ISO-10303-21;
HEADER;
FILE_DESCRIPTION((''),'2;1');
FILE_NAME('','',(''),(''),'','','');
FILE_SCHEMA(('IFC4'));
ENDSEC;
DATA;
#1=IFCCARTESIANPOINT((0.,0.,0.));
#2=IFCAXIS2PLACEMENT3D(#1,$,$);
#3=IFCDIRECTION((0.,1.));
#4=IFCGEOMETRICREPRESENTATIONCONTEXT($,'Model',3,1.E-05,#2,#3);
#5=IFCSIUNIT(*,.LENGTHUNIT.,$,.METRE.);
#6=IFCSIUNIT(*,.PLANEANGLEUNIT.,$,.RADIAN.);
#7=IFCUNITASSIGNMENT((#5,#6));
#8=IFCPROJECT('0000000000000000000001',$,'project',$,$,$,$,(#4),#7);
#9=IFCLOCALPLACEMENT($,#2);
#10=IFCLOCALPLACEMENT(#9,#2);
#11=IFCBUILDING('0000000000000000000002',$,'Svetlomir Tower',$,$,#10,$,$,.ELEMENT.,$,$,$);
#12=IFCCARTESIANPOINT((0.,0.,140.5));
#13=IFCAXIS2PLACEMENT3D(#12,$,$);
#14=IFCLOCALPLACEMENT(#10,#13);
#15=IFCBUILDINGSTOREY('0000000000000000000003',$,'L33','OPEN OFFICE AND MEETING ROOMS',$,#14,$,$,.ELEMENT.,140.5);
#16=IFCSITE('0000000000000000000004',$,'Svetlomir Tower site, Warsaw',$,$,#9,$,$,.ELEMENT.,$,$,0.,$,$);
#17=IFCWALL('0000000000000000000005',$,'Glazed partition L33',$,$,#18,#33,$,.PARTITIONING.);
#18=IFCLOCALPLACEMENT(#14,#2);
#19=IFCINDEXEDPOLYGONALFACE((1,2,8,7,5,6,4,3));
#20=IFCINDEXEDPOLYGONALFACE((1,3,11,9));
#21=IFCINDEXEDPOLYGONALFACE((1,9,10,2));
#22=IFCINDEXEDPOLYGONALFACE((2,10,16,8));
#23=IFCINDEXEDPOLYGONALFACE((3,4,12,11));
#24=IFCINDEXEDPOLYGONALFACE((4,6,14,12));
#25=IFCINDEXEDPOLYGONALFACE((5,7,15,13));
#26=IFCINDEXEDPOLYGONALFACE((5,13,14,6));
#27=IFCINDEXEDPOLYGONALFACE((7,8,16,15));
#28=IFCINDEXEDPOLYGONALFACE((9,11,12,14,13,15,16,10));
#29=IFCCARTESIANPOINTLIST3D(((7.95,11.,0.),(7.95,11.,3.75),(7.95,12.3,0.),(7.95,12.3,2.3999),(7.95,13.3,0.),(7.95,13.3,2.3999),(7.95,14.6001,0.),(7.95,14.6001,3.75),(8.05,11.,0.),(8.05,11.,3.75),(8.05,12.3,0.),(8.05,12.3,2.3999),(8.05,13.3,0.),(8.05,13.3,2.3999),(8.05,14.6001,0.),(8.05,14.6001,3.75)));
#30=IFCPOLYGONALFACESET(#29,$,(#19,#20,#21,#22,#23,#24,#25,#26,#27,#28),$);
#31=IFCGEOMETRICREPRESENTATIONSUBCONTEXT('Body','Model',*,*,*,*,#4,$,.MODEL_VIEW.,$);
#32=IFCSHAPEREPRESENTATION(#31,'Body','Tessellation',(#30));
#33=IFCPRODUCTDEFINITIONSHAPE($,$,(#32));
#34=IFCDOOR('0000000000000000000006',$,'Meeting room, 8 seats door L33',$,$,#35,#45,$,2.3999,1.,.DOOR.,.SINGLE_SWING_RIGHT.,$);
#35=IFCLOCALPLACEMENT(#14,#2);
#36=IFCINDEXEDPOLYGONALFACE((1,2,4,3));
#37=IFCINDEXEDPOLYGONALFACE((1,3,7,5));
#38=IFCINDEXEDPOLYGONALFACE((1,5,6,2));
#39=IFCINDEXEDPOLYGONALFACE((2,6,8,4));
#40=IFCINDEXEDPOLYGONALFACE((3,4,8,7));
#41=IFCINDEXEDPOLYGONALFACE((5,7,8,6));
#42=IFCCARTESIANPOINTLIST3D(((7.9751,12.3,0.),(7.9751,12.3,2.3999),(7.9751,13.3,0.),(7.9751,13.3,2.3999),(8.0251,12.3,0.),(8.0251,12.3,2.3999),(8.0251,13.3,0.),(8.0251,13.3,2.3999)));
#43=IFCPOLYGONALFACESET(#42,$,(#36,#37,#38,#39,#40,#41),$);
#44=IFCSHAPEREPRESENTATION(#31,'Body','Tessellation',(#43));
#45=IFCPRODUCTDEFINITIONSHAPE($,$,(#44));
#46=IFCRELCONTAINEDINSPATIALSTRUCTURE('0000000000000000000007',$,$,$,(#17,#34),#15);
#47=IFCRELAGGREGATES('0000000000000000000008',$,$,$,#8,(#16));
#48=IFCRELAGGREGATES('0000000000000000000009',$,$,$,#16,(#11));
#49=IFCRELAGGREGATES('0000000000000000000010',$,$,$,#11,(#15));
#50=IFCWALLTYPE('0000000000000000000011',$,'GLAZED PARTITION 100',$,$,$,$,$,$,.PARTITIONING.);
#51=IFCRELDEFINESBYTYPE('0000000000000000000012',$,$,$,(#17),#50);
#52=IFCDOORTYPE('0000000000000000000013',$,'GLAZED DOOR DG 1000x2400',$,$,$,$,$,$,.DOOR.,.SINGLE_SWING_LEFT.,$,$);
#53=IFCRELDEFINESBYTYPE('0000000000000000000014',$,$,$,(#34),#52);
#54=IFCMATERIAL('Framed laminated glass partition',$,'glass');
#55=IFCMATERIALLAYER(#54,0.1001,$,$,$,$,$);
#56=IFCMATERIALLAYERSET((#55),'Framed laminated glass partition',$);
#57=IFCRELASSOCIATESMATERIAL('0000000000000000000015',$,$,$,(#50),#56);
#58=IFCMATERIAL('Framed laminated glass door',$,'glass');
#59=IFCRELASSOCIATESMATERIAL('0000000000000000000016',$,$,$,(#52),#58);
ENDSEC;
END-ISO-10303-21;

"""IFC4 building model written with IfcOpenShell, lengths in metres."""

from ifc_helpers import new_model, si_unit, direction, frame, frame_2d, origin, place, context, subcontext, project, spatial, rectangle, extrude, material, layer, layer_set, type_object, element, fill, save


model = new_model("IFC4")

# Units and contexts
model_context = context("Model", 3, precision=1e-05, world=origin(), true_north=direction((0.0, 1.0)))
body_context = subcontext(model_context, "Body", "Model", "MODEL_VIEW")
ifc_project = project(units=[si_unit("LENGTHUNIT", "METRE"), si_unit("PLANEANGLEUNIT", "RADIAN")], contexts=[model_context])

# Site, building, storey
site_placement = place(None, origin())
site = spatial("IfcSite", under=ifc_project, at=site_placement, Name="Svetlomir Tower site, Warsaw", CompositionType="ELEMENT", RefElevation=0.0)
building_placement = place(site_placement, origin())
building = spatial("IfcBuilding", under=site, at=building_placement, Name="Svetlomir Tower", CompositionType="ELEMENT")
storey_placement = place(building_placement, frame((0.0, 0.0, 140.5)))
storey = spatial("IfcBuildingStorey", under=building, at=storey_placement, Name="L33", Description="OPEN OFFICE AND MEETING ROOMS", CompositionType="ELEMENT", Elevation=140.5)

# Wall, opening, door
ifc_material_1 = material(Name="Framed laminated glass partition", Category="glass")
ifc_layer_1 = layer(ifc_material_1, 0.1001)
ifc_layer_set_1 = layer_set([ifc_layer_1], Name="Framed laminated glass partition")
wall_type = type_object("IfcWallType", Name="GLAZED PARTITION 100", PredefinedType="PARTITIONING", material=ifc_layer_set_1)
wall_placement = place(storey_placement, frame((8.0, 11.0, 0.0), z_axis=(0.0, 0.0, 1.0), x_axis=(0.0, 1.0, 0.0)))
wall = element("IfcWall", 1, at=wall_placement, inside=storey, type_object=wall_type, Name="Glazed partition L33", PredefinedType="PARTITIONING", context=body_context, shape_type="SweptSolid", body=[
    extrude(rectangle(XDim=3.6001, YDim=0.1001, at=frame_2d((1.8, 0.0))), origin(), (0.0, 0.0, 1.0), 3.75),
])
opening_placement = place(wall_placement, frame((1.3, 0.0, 0.0)))
opening = element("IfcOpeningElement", 2, at=opening_placement, cuts=wall, PredefinedType="OPENING", context=body_context, shape_type="SweptSolid", body=[
    extrude(rectangle(XDim=1.0, YDim=2.3999, at=frame_2d((0.5, 1.2))), frame((0.0, 0.0601, 0.0), z_axis=(0.0, -1.0, 0.0), x_axis=(1.0, 0.0, 0.0)), (0.0, 0.0, 1.0), 0.1201),
])
ifc_material_2 = material(Name="Framed laminated glass door", Category="glass")
door_type = type_object("IfcDoorType", Name="GLAZED DOOR DG 1000x2400", OperationType="SINGLE_SWING_LEFT", PredefinedType="DOOR", material=ifc_material_2)
door_placement = place(opening_placement, origin())
door = element("IfcDoor", 3, at=door_placement, inside=storey, type_object=door_type, Name="Meeting room, 8 seats door L33", OperationType="SINGLE_SWING_RIGHT", OverallHeight=2.3999, OverallWidth=1.0, PredefinedType="DOOR", context=body_context, shape_type="SweptSolid", body=[
    extrude(rectangle(XDim=1.0, YDim=2.3999, at=frame_2d((0.5, 1.2))), frame((0.0, 0.0249, 0.0), z_axis=(0.0, -1.0, 0.0), x_axis=(1.0, 0.0, 0.0)), (0.0, 0.0, 1.0), 0.05),
])
fill(opening, door)

save(model, "model.ifc")
